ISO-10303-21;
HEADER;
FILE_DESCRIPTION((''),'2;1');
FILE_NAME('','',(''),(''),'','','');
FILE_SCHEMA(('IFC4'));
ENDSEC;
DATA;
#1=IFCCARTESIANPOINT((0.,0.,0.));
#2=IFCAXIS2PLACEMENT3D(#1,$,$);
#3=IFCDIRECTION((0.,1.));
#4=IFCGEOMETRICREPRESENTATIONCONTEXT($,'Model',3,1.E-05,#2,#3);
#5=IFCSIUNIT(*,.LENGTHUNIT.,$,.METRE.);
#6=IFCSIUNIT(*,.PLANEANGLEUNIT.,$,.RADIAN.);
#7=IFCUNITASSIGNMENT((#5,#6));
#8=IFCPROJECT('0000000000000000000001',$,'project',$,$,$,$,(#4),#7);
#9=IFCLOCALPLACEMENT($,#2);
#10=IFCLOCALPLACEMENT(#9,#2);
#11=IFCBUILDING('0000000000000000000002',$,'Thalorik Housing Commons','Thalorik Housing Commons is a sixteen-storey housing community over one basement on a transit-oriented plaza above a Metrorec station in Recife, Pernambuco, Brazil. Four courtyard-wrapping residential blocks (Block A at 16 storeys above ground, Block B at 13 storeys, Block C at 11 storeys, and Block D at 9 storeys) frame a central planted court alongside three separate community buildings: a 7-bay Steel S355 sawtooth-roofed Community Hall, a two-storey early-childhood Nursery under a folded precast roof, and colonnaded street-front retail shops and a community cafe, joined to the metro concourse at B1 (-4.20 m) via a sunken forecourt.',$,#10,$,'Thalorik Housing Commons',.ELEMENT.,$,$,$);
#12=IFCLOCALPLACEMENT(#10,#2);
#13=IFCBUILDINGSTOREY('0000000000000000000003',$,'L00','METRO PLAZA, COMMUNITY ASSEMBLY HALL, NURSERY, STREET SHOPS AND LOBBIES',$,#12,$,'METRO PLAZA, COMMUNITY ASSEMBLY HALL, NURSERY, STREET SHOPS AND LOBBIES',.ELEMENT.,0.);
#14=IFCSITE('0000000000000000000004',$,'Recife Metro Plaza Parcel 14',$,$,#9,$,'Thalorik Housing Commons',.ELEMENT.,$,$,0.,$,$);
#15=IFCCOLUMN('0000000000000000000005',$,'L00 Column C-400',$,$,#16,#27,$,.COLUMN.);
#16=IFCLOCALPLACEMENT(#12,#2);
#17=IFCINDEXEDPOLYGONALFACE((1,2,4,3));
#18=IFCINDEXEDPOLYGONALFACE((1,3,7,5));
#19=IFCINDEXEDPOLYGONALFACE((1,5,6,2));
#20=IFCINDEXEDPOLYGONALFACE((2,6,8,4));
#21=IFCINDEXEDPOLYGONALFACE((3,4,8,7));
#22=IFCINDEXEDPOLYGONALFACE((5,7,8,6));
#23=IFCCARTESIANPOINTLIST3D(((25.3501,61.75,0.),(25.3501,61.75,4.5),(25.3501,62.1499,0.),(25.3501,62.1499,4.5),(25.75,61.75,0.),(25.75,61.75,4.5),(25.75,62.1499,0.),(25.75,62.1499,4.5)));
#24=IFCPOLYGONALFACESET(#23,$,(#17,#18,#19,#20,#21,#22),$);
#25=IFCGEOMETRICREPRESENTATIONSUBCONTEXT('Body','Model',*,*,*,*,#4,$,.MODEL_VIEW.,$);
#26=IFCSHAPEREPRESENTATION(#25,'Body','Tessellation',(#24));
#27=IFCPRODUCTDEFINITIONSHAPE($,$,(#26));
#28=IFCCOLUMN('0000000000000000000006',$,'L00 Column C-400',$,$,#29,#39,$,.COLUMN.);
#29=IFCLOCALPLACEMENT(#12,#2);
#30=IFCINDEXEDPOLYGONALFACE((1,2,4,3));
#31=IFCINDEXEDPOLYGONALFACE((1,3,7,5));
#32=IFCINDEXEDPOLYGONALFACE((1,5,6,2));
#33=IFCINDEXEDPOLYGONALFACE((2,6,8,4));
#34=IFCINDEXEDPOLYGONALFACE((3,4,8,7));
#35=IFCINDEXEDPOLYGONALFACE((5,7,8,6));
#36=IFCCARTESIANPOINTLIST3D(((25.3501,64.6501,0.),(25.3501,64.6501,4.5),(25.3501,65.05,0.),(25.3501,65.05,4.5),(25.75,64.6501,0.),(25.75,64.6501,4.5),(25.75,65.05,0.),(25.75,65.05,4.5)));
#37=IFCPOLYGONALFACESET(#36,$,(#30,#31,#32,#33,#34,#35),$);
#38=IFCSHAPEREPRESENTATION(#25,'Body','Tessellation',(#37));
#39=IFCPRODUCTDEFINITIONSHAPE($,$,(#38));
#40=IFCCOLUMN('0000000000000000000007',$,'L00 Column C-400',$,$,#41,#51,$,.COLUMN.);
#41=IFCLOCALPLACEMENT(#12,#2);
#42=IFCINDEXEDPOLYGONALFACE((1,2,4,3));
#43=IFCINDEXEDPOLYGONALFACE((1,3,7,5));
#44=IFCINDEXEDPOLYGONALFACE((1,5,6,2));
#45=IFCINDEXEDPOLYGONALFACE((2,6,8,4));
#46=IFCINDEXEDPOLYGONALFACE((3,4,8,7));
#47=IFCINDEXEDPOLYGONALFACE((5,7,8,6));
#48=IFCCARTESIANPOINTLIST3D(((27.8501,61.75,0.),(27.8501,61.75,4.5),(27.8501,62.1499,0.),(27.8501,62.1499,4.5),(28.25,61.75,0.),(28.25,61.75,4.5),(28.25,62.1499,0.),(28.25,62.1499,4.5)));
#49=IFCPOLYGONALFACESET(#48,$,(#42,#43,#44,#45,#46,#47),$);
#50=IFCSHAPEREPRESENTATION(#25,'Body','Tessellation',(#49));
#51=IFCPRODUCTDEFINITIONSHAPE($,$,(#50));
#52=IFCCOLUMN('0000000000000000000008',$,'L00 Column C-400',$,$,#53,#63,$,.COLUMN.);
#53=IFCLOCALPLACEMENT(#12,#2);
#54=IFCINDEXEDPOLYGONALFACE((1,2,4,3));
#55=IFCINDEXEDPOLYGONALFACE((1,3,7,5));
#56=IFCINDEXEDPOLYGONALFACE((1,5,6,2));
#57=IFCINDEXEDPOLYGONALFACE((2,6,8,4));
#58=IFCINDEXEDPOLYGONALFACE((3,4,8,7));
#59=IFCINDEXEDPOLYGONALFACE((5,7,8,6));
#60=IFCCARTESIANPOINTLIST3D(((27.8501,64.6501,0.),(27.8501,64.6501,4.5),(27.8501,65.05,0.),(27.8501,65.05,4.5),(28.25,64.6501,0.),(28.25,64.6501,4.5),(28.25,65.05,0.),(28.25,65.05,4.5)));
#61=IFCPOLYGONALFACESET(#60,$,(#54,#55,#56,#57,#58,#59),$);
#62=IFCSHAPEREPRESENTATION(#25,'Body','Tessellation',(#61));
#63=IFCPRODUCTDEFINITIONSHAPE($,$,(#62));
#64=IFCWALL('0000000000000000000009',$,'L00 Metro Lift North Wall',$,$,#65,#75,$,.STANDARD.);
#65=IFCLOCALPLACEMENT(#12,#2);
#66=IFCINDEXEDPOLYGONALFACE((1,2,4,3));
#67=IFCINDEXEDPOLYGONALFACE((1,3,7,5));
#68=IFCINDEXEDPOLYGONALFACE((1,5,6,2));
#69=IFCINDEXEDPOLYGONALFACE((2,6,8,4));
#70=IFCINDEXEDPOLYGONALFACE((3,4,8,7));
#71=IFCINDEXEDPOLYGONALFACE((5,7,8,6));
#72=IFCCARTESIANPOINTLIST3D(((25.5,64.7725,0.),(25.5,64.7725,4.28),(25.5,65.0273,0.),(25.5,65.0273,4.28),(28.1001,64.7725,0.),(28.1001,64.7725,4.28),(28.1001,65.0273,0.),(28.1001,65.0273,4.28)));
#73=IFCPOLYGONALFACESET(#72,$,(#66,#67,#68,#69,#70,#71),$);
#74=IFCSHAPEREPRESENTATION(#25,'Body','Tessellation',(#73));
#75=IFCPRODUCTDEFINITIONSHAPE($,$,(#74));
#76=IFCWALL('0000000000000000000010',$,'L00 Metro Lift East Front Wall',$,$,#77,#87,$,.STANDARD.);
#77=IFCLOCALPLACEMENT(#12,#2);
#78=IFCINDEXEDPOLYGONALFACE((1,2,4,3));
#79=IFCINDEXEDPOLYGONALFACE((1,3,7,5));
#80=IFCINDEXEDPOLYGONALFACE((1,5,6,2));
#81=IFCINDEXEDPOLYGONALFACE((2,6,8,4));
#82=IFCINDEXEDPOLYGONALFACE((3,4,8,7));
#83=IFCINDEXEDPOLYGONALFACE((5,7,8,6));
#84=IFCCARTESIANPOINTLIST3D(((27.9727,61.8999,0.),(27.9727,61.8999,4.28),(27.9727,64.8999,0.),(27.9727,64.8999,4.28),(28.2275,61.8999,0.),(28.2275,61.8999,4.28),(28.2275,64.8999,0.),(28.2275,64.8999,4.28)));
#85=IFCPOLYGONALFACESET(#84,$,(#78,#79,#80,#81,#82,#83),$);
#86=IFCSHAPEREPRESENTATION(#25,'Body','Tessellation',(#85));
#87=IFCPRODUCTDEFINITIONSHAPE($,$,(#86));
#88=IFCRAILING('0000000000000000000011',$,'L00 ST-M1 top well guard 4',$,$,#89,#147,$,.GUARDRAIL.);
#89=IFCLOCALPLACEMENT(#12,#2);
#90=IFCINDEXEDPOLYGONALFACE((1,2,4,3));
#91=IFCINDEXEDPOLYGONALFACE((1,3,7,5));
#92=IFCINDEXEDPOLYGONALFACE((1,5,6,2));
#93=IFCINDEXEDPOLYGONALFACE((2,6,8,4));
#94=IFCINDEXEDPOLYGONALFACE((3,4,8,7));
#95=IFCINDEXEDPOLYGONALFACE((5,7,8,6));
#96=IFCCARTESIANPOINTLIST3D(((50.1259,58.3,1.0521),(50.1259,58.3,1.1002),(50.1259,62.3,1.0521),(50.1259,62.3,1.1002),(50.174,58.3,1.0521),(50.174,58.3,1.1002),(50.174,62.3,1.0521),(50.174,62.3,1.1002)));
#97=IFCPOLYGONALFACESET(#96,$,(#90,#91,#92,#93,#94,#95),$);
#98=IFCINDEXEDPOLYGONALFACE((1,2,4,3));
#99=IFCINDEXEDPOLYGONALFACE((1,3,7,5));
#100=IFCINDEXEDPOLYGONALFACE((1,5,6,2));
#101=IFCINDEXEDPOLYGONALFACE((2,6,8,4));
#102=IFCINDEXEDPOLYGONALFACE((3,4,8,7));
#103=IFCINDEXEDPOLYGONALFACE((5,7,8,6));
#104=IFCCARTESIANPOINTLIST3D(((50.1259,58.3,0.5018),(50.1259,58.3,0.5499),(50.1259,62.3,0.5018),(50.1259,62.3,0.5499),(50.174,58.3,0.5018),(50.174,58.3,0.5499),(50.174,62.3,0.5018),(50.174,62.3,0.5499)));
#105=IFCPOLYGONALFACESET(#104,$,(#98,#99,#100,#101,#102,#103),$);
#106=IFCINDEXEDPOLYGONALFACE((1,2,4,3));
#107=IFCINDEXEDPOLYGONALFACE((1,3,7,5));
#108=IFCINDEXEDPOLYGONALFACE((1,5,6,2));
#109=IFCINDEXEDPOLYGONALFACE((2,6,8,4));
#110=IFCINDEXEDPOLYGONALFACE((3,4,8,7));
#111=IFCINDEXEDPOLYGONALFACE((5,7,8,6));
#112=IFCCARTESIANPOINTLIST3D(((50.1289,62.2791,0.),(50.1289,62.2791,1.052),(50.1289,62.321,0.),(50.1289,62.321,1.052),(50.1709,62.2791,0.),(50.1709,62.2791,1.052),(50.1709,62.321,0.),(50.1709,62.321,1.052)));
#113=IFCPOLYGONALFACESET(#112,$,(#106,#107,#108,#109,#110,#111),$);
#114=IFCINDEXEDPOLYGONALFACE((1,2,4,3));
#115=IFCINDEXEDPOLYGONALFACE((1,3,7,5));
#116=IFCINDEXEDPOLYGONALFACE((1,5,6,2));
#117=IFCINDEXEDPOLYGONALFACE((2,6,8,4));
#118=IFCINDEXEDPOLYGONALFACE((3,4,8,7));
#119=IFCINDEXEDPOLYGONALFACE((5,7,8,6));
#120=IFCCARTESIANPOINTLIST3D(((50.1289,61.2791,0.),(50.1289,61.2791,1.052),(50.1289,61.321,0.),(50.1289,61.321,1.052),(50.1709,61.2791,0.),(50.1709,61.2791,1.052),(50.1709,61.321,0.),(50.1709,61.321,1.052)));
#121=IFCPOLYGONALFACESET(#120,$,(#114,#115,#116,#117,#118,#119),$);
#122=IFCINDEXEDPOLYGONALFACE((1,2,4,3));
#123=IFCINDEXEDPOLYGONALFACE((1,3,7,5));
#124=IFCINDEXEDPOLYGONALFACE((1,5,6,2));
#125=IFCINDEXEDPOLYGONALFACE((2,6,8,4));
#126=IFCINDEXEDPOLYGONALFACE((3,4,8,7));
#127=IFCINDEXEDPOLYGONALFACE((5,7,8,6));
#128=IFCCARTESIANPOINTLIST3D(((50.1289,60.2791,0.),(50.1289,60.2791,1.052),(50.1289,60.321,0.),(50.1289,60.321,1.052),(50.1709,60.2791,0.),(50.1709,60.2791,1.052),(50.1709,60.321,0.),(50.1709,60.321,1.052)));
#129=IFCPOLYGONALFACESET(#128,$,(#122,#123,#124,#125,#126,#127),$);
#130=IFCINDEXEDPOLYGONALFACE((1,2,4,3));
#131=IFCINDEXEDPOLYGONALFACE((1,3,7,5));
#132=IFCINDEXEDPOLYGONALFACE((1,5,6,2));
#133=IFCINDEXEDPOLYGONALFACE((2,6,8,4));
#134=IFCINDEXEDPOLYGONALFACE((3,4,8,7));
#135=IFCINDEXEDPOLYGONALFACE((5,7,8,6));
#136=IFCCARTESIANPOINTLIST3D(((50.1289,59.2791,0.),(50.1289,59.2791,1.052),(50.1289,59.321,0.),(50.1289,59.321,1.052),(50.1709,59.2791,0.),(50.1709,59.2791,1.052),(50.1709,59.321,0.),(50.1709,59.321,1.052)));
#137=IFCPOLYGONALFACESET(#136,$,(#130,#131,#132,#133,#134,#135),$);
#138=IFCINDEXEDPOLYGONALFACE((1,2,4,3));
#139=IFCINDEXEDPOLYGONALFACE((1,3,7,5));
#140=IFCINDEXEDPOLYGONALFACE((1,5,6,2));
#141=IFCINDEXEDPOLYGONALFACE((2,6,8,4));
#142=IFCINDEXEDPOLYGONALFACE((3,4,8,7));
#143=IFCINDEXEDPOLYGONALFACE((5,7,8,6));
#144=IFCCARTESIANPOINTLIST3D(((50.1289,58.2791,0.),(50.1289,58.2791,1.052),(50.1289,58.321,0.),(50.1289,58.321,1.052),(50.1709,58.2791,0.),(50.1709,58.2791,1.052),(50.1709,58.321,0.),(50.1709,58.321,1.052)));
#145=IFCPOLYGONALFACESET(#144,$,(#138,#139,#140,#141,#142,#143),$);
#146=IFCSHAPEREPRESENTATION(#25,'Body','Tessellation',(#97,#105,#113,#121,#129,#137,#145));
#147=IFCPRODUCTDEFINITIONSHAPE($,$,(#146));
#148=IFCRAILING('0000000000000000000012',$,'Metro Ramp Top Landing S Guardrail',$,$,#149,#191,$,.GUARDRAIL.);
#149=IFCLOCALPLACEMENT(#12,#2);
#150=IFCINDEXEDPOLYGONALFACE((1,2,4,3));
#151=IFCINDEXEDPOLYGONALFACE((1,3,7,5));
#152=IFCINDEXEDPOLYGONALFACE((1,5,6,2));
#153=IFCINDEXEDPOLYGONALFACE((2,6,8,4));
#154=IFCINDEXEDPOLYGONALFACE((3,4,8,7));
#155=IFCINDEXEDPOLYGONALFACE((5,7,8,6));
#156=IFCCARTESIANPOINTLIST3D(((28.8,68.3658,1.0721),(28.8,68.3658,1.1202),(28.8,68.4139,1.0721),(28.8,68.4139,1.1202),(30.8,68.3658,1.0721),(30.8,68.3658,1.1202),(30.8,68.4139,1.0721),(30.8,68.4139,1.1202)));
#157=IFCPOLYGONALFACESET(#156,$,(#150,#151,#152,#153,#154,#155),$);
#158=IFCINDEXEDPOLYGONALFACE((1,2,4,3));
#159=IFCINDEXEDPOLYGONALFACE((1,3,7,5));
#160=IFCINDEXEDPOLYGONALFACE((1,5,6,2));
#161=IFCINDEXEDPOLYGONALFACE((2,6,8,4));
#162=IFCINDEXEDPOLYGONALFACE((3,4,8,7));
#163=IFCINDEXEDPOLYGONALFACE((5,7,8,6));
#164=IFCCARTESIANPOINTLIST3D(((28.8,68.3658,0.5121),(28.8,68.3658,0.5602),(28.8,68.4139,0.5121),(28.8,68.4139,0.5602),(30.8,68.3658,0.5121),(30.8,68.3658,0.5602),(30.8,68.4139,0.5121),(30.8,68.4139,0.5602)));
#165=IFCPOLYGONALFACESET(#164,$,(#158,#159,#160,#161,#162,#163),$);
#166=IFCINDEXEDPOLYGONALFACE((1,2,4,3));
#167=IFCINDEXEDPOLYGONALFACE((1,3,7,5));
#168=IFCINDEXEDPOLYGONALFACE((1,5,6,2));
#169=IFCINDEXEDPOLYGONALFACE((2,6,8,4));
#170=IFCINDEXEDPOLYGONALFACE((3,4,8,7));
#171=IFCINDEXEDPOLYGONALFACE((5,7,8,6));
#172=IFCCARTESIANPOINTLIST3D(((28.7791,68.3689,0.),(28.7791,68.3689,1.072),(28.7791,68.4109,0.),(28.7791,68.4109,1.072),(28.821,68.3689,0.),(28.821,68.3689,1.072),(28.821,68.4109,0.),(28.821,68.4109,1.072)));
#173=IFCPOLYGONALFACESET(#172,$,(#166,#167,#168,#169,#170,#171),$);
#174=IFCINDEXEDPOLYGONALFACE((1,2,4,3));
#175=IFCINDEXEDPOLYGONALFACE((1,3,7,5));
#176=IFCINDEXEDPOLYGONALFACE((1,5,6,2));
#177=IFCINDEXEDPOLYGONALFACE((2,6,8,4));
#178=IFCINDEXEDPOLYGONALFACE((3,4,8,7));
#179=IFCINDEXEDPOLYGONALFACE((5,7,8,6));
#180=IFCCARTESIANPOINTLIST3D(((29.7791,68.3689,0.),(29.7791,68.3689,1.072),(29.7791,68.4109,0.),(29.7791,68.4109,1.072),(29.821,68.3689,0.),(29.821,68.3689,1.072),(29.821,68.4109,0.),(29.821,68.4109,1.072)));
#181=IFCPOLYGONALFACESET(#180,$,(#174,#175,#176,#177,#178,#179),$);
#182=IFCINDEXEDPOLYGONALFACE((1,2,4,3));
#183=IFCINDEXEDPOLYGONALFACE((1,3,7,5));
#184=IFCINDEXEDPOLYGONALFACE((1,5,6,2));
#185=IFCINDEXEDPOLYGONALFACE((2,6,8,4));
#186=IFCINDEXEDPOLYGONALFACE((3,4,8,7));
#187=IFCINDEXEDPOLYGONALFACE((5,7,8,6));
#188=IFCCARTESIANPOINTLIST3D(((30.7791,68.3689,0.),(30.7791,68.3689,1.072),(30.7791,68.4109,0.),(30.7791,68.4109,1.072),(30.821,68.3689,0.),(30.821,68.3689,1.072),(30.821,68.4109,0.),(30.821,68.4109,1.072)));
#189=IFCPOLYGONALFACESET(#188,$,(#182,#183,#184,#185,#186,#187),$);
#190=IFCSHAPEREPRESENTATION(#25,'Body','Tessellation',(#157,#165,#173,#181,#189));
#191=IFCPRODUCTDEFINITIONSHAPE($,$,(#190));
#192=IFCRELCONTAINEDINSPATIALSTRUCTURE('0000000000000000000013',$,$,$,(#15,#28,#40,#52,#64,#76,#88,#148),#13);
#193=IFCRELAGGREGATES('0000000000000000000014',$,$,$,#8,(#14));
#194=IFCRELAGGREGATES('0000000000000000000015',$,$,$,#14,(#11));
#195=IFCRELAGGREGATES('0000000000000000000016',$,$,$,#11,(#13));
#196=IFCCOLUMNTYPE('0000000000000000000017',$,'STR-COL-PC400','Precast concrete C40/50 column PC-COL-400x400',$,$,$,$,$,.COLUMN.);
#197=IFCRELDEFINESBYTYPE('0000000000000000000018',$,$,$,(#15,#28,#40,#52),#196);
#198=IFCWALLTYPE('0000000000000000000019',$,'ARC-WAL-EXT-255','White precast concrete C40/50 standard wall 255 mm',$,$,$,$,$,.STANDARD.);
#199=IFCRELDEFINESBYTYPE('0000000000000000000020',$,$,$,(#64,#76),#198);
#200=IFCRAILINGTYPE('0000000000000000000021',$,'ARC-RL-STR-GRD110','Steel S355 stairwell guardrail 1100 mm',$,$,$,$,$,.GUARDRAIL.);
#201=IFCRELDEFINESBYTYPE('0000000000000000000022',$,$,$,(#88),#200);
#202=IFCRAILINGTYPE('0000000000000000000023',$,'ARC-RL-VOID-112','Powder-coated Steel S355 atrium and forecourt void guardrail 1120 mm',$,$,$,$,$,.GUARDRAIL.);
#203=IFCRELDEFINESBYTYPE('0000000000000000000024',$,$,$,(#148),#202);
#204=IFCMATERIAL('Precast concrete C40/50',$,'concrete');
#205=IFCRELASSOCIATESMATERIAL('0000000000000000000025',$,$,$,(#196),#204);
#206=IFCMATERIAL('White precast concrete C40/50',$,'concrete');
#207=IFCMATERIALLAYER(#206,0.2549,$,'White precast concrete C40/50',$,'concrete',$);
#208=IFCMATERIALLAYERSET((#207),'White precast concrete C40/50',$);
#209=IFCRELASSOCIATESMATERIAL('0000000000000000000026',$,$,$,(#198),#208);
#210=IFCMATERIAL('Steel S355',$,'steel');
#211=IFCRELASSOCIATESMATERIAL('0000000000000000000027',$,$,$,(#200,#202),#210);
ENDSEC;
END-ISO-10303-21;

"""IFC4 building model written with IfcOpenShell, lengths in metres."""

from ifc_helpers import new_model, si_unit, direction, frame, frame_2d, origin, origin_2d, place, context, subcontext, project, spatial, rectangle, extrude, material, layer, layer_set, material_profile, profile_set, type_object, element, save


model = new_model("IFC4")

# Units and contexts
model_context = context("Model", 3, precision=1e-05, world=origin(), true_north=direction((0.0, 1.0)))
body_context = subcontext(model_context, "Body", "Model", "MODEL_VIEW")
ifc_project = project(units=[si_unit("LENGTHUNIT", "METRE"), si_unit("PLANEANGLEUNIT", "RADIAN")], contexts=[model_context])

# Site, building, storey
site_placement = place(None, origin())
site = spatial("IfcSite", under=ifc_project, at=site_placement, Name="Recife Metro Plaza Parcel 14", LongName="Thalorik Housing Commons", CompositionType="ELEMENT", RefElevation=0.0)
building_placement = place(site_placement, origin())
building = spatial("IfcBuilding", under=site, at=building_placement, Name="Thalorik Housing Commons", Description="Thalorik Housing Commons is a sixteen-storey housing community over one basement on a transit-oriented plaza above a Metrorec station in Recife, Pernambuco, Brazil. Four courtyard-wrapping residential blocks (Block A at 16 storeys above ground, Block B at 13 storeys, Block C at 11 storeys, and Block D at 9 storeys) frame a central planted court alongside three separate community buildings: a 7-bay Steel S355 sawtooth-roofed Community Hall, a two-storey early-childhood Nursery under a folded precast roof, and colonnaded street-front retail shops and a community cafe, joined to the metro concourse at B1 (-4.20 m) via a sunken forecourt.", LongName="Thalorik Housing Commons", CompositionType="ELEMENT")
storey_placement = place(building_placement, origin())
storey = spatial("IfcBuildingStorey", under=building, at=storey_placement, Name="L00", Description="METRO PLAZA, COMMUNITY ASSEMBLY HALL, NURSERY, STREET SHOPS AND LOBBIES", LongName="METRO PLAZA, COMMUNITY ASSEMBLY HALL, NURSERY, STREET SHOPS AND LOBBIES", CompositionType="ELEMENT", Elevation=0.0)

# Columns
ifc_material_1 = material(Name="Precast concrete C40/50", Category="concrete")
ifc_material_profile = material_profile(ifc_material_1, rectangle(XDim=0.3999, YDim=0.3999, at=origin_2d()), Name="PC 400x400", Category="concrete")
ifc_profile_set = profile_set([ifc_material_profile], Name="Precast concrete C40/50")
column_type = type_object("IfcColumnType", Name="STR-COL-PC400", Description="Precast concrete C40/50 column PC-COL-400x400", PredefinedType="COLUMN", material=ifc_profile_set)
for number, where, z_axis, x_axis, name in (
    (1, (25.55, 61.95, 0.0), (0.0, 0.0, 1.0), (1.0, 0.0, 0.0), "L00 Column C-400"),
    (2, (25.55, 64.8501, 0.0), (0.0, 0.0, 1.0), (1.0, 0.0, 0.0), "L00 Column C-400"),
    (3, (28.05, 61.95, 0.0), (0.0, 0.0, 1.0), (1.0, 0.0, 0.0), "L00 Column C-400"),
    (4, (28.05, 64.8501, 0.0), (0.0, 0.0, 1.0), (1.0, 0.0, 0.0), "L00 Column C-400"),
):
    element("IfcColumn", number, at=place(storey_placement, frame(where, z_axis=z_axis, x_axis=x_axis)), inside=storey, type_object=column_type, Name=name, PredefinedType="COLUMN", context=body_context, shape_type="SweptSolid", body=[
        extrude(rectangle(XDim=0.3999, YDim=0.3999, at=origin_2d()), origin(), (0.0, 0.0, 1.0), 4.5),
    ])

# Walls
ifc_material_2 = material(Name="White precast concrete C40/50", Category="concrete")
ifc_layer = layer(ifc_material_2, 0.2549, Name="White precast concrete C40/50", Category="concrete")
ifc_layer_set = layer_set([ifc_layer], Name="White precast concrete C40/50")
wall_type = type_object("IfcWallType", Name="ARC-WAL-EXT-255", Description="White precast concrete C40/50 standard wall 255 mm", PredefinedType="STANDARD", material=ifc_layer_set)
wall_1_placement = place(storey_placement, frame((28.1001, 64.8999, 0.0), z_axis=(0.0, 0.0, 1.0), x_axis=(-1.0, 0.0, 0.0)))
element("IfcWall", 5, at=wall_1_placement, inside=storey, type_object=wall_type, Name="L00 Metro Lift North Wall", PredefinedType="STANDARD", context=body_context, shape_type="SweptSolid", body=[
    extrude(rectangle(XDim=2.6001, YDim=0.2549, at=frame_2d((1.3, 0.0))), origin(), (0.0, 0.0, 1.0), 4.28),
])
wall_2_placement = place(storey_placement, frame((28.1001, 61.8999, 0.0), z_axis=(0.0, 0.0, 1.0), x_axis=(0.0, 1.0, 0.0)))
element("IfcWall", 6, at=wall_2_placement, inside=storey, type_object=wall_type, Name="L00 Metro Lift East Front Wall", PredefinedType="STANDARD", context=body_context, shape_type="SweptSolid", body=[
    extrude(rectangle(XDim=3.0, YDim=0.2549, at=frame_2d((1.5, 0.0))), origin(), (0.0, 0.0, 1.0), 4.28),
])

# Railings
ifc_material_3 = material(Name="Steel S355", Category="steel")
railing_type_1 = type_object("IfcRailingType", Name="ARC-RL-STR-GRD110", Description="Steel S355 stairwell guardrail 1100 mm", PredefinedType="GUARDRAIL", material=ifc_material_3)
railing_1_placement = place(storey_placement, frame((50.1499, 62.3, 0.0)))
element("IfcRailing", 7, at=railing_1_placement, inside=storey, type_object=railing_type_1, Name="L00 ST-M1 top well guard 4", PredefinedType="GUARDRAIL", context=body_context, shape_type="SweptSolid", body=[
    extrude(rectangle(XDim=0.0481, YDim=0.0481, at=origin_2d()), frame((0.0, 0.0, 1.0762), z_axis=(0.0, -1.0, 0.0), x_axis=(1.0, 0.0, 0.0)), (0.0, 0.0, 1.0), 4.0),
    extrude(rectangle(XDim=0.0481, YDim=0.0481, at=origin_2d()), frame((0.0, 0.0, 0.5259), z_axis=(0.0, -1.0, 0.0), x_axis=(1.0, 0.0, 0.0)), (0.0, 0.0, 1.0), 4.0),
    extrude(rectangle(XDim=0.042, YDim=0.042, at=origin_2d()), origin(), (0.0, 0.0, 1.0), 1.052),
    extrude(rectangle(XDim=0.042, YDim=0.042, at=origin_2d()), frame((0.0, -1.0, 0.0)), (0.0, 0.0, 1.0), 1.052),
    extrude(rectangle(XDim=0.042, YDim=0.042, at=origin_2d()), frame((0.0, -2.0, 0.0)), (0.0, 0.0, 1.0), 1.052),
    extrude(rectangle(XDim=0.042, YDim=0.042, at=origin_2d()), frame((0.0, -3.0, 0.0)), (0.0, 0.0, 1.0), 1.052),
    extrude(rectangle(XDim=0.042, YDim=0.042, at=origin_2d()), frame((0.0, -4.0, 0.0)), (0.0, 0.0, 1.0), 1.052),
])
railing_type_2 = type_object("IfcRailingType", Name="ARC-RL-VOID-112", Description="Powder-coated Steel S355 atrium and forecourt void guardrail 1120 mm", PredefinedType="GUARDRAIL", material=ifc_material_3)
for number, where, name in (
    (8, (28.8, 68.3899, 0.0), "Metro Ramp Top Landing S Guardrail"),
):
    element("IfcRailing", number, at=place(storey_placement, frame(where)), inside=storey, type_object=railing_type_2, Name=name, PredefinedType="GUARDRAIL", context=body_context, shape_type="SweptSolid", body=[
        extrude(rectangle(XDim=0.0481, YDim=0.0481, at=origin_2d()), frame((0.0, 0.0, 1.0962), z_axis=(1.0, 0.0, 0.0), x_axis=(0.0, 1.0, 0.0)), (0.0, 0.0, 1.0), 2.0),
        extrude(rectangle(XDim=0.0481, YDim=0.0481, at=origin_2d()), frame((0.0, 0.0, 0.5361), z_axis=(1.0, 0.0, 0.0), x_axis=(0.0, 1.0, 0.0)), (0.0, 0.0, 1.0), 2.0),
        extrude(rectangle(XDim=0.042, YDim=0.042, at=origin_2d()), origin(), (0.0, 0.0, 1.0), 1.072),
        extrude(rectangle(XDim=0.042, YDim=0.042, at=origin_2d()), frame((1.0, 0.0, 0.0)), (0.0, 0.0, 1.0), 1.072),
        extrude(rectangle(XDim=0.042, YDim=0.042, at=origin_2d()), frame((2.0, 0.0, 0.0)), (0.0, 0.0, 1.0), 1.072),
    ])

save(model, "model.ifc")
